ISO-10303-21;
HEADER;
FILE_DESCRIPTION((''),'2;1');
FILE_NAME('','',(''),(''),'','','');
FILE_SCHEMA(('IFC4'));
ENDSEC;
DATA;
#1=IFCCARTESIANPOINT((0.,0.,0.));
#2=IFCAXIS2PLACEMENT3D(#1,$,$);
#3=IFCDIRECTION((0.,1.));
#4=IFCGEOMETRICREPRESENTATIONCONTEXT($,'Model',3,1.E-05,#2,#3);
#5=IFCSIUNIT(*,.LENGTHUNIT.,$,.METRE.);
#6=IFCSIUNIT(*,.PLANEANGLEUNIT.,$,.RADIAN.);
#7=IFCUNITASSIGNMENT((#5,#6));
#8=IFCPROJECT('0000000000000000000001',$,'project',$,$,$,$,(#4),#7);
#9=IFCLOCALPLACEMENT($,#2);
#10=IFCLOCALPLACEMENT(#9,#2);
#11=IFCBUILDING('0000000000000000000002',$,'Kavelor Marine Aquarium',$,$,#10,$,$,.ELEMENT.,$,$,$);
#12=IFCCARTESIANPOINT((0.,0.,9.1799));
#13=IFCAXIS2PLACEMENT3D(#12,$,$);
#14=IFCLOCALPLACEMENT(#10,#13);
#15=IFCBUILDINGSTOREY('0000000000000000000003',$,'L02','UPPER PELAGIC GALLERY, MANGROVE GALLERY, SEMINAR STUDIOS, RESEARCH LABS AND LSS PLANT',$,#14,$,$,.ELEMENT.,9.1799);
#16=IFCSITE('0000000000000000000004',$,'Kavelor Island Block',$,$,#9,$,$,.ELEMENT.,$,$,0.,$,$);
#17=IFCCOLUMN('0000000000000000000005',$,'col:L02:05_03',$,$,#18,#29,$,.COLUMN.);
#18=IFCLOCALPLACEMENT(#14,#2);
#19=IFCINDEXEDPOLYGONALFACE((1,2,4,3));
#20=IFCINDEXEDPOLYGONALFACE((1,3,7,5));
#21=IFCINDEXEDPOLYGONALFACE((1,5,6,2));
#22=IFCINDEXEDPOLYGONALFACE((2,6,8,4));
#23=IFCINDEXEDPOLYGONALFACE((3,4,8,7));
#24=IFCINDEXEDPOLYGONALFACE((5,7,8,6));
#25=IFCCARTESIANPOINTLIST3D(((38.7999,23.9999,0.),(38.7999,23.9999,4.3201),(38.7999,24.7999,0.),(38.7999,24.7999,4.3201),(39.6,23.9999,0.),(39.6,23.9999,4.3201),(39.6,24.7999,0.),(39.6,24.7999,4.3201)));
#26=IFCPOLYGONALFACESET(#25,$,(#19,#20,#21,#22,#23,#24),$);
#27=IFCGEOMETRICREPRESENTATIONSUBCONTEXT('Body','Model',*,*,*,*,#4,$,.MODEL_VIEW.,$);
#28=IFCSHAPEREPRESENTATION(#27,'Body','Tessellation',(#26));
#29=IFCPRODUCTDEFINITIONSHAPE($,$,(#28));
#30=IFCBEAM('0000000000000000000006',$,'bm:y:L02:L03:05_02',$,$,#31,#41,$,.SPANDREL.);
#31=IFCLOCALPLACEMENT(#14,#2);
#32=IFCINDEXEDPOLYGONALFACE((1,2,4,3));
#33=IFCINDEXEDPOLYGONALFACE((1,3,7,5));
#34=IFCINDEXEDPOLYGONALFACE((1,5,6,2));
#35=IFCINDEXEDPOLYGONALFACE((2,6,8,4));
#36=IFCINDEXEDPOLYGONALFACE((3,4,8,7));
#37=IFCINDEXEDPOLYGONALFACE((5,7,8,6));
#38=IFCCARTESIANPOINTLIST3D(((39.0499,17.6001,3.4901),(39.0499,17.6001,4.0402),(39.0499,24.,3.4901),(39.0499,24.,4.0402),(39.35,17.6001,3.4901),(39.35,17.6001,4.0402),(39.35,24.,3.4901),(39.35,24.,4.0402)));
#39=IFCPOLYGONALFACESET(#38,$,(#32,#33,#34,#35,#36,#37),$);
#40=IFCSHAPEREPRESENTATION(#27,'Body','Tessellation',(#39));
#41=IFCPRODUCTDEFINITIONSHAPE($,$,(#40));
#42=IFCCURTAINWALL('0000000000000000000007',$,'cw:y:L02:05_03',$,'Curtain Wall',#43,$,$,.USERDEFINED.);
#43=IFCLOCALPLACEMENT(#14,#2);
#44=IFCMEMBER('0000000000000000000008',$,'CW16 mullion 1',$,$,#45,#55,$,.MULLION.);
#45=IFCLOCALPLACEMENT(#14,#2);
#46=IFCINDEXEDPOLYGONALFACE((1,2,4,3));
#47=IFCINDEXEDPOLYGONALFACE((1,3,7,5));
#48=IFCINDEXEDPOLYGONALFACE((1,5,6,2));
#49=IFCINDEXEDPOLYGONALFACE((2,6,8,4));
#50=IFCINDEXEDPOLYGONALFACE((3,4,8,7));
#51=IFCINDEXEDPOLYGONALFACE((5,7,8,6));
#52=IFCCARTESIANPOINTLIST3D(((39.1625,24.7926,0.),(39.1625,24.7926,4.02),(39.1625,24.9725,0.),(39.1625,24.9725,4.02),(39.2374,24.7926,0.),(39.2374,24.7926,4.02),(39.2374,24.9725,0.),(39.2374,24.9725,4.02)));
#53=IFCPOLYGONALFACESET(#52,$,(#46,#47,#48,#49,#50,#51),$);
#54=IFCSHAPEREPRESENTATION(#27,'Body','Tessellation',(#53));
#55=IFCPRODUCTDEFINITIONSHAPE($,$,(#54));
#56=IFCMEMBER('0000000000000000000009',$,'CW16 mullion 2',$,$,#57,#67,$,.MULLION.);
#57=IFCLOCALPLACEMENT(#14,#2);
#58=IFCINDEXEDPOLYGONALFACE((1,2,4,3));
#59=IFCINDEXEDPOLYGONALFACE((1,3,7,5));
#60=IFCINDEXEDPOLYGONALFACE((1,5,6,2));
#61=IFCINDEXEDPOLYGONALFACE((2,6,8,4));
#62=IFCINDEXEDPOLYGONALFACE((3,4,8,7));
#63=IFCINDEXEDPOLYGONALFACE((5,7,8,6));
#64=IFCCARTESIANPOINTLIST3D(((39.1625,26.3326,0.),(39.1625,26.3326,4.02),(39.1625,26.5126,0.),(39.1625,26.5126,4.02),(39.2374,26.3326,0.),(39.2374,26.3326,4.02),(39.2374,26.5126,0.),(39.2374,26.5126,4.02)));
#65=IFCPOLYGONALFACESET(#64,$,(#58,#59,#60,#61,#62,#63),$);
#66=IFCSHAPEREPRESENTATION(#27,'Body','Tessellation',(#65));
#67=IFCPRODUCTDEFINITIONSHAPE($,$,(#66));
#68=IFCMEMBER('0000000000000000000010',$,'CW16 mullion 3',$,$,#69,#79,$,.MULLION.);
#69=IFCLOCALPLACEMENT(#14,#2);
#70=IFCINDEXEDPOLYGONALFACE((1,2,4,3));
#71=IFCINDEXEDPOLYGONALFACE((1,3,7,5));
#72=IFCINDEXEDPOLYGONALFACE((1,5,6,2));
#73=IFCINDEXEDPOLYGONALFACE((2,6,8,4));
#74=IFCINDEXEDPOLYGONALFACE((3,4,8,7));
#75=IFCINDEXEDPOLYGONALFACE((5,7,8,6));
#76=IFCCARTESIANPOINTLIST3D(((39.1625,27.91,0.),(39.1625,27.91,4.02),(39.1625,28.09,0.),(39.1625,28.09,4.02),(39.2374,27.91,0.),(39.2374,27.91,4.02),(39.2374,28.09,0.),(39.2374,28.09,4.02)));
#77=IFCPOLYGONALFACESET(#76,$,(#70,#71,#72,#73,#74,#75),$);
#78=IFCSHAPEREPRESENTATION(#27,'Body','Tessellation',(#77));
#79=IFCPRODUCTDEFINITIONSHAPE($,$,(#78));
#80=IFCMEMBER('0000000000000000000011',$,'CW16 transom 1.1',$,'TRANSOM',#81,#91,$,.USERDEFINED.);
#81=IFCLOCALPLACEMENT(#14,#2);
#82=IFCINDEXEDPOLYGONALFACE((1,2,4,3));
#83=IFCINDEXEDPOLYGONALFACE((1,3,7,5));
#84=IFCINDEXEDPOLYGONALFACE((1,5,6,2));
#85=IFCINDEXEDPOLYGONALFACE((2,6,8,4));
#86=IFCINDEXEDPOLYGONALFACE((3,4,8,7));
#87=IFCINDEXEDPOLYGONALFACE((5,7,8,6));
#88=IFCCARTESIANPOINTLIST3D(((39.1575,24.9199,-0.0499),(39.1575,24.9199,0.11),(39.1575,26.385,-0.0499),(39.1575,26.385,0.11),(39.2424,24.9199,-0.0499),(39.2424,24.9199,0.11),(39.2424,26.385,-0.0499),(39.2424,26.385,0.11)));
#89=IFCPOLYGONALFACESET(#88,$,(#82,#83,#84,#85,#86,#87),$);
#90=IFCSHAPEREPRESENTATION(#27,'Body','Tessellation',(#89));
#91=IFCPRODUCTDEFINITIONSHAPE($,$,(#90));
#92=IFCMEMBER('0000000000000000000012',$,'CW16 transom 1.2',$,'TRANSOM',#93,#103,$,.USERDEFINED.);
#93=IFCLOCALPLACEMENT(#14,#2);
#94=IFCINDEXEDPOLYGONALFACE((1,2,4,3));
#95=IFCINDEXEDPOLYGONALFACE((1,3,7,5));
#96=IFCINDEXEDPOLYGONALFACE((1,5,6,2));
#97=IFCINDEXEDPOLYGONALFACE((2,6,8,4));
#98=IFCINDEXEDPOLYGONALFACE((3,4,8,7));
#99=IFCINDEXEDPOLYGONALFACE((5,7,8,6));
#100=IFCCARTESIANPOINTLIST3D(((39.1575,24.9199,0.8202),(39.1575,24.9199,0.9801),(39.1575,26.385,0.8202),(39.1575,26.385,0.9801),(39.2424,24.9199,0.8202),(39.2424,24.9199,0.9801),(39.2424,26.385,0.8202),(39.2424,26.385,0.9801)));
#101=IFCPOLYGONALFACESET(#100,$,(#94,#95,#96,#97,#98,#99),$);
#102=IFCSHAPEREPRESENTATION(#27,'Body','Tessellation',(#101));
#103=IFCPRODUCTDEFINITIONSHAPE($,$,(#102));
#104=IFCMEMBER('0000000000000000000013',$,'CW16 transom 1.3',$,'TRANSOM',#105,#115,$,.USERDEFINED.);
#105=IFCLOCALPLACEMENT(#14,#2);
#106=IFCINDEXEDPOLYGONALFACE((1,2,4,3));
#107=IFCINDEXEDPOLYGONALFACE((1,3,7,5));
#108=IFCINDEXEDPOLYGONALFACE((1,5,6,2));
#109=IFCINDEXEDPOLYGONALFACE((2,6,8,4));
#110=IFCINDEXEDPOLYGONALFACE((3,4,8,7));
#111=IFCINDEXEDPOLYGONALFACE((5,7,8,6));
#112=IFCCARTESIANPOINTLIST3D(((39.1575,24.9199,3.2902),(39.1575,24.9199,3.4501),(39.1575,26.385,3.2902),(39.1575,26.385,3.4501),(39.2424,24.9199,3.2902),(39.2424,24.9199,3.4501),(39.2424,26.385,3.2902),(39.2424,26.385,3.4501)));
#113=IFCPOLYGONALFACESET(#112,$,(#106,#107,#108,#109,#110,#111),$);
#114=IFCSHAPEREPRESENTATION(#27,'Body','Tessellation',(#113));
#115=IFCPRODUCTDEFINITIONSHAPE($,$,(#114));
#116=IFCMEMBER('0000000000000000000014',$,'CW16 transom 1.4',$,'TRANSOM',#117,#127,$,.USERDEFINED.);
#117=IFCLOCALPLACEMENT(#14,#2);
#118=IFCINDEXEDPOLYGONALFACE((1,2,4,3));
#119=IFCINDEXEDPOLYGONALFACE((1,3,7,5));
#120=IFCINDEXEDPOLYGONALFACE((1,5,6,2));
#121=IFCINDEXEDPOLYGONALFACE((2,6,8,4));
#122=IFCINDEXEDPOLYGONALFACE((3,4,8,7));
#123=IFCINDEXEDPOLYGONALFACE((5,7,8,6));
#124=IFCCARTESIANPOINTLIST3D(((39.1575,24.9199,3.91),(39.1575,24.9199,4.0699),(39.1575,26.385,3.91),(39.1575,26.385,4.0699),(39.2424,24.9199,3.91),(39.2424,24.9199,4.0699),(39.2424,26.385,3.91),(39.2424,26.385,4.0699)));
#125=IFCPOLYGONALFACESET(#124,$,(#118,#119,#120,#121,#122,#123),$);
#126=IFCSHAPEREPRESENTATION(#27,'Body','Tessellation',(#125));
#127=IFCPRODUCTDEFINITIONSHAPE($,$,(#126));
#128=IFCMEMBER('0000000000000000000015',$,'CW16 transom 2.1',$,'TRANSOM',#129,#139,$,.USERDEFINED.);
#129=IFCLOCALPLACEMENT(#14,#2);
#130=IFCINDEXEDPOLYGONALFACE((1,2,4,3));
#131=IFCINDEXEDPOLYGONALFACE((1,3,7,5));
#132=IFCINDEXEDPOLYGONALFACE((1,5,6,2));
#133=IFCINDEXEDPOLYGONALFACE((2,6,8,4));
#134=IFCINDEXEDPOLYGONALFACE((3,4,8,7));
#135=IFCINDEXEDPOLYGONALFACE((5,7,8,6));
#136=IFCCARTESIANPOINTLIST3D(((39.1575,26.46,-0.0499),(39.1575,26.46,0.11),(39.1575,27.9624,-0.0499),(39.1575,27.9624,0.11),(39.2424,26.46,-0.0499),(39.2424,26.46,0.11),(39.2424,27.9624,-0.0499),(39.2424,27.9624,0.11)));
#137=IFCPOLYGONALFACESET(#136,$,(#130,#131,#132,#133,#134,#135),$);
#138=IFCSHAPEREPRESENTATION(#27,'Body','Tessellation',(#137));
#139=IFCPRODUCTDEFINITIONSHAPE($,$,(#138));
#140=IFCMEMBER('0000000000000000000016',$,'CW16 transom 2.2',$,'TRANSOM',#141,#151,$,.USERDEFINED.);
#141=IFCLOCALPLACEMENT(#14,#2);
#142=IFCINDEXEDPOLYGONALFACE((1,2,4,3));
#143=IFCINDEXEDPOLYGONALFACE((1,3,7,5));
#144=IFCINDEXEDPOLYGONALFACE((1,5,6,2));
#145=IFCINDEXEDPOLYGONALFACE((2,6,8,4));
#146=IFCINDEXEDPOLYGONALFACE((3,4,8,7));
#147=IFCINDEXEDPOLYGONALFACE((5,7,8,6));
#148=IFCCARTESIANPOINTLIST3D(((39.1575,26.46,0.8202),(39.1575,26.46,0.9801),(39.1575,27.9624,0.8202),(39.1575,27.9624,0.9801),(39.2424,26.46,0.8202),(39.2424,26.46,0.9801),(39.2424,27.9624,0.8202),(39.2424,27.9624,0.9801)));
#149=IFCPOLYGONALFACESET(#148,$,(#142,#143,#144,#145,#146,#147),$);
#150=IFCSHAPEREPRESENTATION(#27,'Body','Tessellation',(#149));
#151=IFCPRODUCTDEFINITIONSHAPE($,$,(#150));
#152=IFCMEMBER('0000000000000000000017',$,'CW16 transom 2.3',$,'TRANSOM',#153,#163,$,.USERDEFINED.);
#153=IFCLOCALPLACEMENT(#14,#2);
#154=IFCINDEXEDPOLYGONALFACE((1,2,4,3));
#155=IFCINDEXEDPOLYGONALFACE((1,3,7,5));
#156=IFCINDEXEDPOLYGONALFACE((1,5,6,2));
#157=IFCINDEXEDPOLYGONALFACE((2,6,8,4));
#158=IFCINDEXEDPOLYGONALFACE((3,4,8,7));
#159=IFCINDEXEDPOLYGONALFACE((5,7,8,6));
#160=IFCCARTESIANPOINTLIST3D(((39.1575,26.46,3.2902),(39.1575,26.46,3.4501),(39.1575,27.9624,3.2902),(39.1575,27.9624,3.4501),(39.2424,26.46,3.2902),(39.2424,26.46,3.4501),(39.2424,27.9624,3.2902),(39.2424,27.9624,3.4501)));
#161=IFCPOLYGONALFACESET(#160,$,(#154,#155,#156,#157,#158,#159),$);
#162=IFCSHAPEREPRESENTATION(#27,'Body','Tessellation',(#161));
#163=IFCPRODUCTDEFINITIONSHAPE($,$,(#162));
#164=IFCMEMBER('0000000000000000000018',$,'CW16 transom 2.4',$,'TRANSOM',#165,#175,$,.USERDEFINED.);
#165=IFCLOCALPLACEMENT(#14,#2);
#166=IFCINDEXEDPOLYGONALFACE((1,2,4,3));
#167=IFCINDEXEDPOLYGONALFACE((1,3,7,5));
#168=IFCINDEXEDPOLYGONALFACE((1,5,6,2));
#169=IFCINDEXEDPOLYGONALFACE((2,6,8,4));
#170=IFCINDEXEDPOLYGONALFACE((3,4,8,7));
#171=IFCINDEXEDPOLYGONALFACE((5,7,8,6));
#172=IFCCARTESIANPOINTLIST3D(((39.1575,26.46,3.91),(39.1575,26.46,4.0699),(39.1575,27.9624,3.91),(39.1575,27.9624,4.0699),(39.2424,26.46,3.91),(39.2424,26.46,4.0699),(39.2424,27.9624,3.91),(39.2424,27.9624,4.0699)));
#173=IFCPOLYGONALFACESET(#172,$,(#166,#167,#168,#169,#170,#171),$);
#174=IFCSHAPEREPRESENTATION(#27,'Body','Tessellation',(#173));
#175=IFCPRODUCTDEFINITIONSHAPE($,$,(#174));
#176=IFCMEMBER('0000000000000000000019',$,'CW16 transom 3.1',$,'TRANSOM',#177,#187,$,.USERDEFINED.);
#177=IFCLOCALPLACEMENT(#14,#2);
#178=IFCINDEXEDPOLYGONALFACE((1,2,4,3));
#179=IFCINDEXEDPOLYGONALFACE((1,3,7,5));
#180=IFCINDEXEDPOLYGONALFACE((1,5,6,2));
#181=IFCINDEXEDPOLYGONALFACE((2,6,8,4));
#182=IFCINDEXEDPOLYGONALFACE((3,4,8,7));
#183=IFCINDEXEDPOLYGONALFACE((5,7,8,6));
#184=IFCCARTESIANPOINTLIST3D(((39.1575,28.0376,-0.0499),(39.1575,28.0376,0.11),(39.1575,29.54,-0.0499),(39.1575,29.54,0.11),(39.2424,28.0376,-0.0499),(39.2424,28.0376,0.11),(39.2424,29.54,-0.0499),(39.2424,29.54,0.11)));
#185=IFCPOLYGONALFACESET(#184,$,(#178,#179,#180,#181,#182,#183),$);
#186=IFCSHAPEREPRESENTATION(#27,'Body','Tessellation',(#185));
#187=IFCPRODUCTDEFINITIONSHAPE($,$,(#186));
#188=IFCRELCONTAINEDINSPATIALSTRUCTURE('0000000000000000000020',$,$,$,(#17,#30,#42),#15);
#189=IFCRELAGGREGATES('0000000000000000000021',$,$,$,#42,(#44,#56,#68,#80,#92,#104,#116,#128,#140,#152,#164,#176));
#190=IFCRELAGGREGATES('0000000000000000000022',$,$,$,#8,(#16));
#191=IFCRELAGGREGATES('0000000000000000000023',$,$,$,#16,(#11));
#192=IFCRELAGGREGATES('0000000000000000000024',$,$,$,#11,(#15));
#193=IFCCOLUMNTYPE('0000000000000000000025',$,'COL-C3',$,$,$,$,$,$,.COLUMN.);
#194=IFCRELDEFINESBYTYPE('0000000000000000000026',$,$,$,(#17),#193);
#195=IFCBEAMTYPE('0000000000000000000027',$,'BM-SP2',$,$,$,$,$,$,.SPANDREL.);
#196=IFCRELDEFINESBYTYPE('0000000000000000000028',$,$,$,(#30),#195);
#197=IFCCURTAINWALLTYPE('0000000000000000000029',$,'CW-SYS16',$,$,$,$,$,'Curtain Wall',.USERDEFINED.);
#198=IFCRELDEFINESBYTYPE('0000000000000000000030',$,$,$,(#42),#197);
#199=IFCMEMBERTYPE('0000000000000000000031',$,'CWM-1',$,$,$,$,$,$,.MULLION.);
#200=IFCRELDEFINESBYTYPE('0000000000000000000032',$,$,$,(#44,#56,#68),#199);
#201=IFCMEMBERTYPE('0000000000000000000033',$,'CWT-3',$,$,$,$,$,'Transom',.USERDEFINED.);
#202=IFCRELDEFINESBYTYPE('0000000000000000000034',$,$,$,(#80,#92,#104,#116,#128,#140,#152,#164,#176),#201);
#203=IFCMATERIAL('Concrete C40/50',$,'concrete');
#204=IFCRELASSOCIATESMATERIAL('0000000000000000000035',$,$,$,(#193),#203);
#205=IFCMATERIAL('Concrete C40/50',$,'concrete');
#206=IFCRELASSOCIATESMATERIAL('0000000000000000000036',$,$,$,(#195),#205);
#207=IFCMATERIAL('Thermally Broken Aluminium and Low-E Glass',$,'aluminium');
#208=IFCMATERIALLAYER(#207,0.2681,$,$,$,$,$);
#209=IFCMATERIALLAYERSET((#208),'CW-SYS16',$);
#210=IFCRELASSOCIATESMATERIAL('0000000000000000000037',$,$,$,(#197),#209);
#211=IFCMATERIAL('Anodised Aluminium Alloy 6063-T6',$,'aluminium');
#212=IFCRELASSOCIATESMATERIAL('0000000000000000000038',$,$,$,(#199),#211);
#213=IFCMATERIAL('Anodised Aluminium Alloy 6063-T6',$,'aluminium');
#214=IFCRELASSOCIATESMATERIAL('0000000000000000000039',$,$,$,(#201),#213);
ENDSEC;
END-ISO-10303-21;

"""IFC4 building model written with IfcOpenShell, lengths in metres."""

from ifc_helpers import new_model, si_unit, direction, frame, origin, origin_2d, place, context, subcontext, project, spatial, rectangle, extrude, material, layer, layer_set, material_profile, profile_set, type_object, element, aggregate, save


model = new_model("IFC4")

# Units and contexts
model_context = context("Model", 3, precision=1e-05, world=origin(), true_north=direction((0.0, 1.0)))
body_context = subcontext(model_context, "Body", "Model", "MODEL_VIEW")
ifc_project = project(units=[si_unit("LENGTHUNIT", "METRE"), si_unit("PLANEANGLEUNIT", "RADIAN")], contexts=[model_context])

# Site, building, storey
site_placement = place(None, origin())
site = spatial("IfcSite", under=ifc_project, at=site_placement, Name="Kavelor Island Block", CompositionType="ELEMENT", RefElevation=0.0)
building_placement = place(site_placement, origin())
building = spatial("IfcBuilding", under=site, at=building_placement, Name="Kavelor Marine Aquarium", CompositionType="ELEMENT")
storey_placement = place(building_placement, frame((0.0, 0.0, 9.1799)))
storey = spatial("IfcBuildingStorey", under=building, at=storey_placement, Name="L02", Description="UPPER PELAGIC GALLERY, MANGROVE GALLERY, SEMINAR STUDIOS, RESEARCH LABS AND LSS PLANT", CompositionType="ELEMENT", Elevation=9.1799)

# Column
ifc_material_1 = material(Name="Concrete C40/50", Category="concrete")
ifc_material_profile_1 = material_profile(ifc_material_1, rectangle(XDim=0.8, YDim=0.8, at=origin_2d()), Name="RC-COL 800x800")
ifc_profile_set_1 = profile_set([ifc_material_profile_1], Name="Concrete C40/50")
column_type = type_object("IfcColumnType", Name="COL-C3", PredefinedType="COLUMN", material=ifc_profile_set_1)
column_placement = place(storey_placement, frame((39.2, 24.3999, 0.0), z_axis=(0.0, 0.0, 1.0), x_axis=(1.0, 0.0, 0.0)))
element("IfcColumn", 1, at=column_placement, inside=storey, type_object=column_type, Name="col:L02:05_03", PredefinedType="COLUMN", context=body_context, shape_type="SweptSolid", body=[
    extrude(rectangle(XDim=0.8, YDim=0.8, at=origin_2d()), origin(), (0.0, 0.0, 1.0), 4.3201),
])

# Beam
ifc_material_2 = material(Name="Concrete C40/50", Category="concrete")
ifc_material_profile_2 = material_profile(ifc_material_2, rectangle(XDim=0.3, YDim=0.55, at=origin_2d()), Name="RC-SP 300x550")
ifc_profile_set_2 = profile_set([ifc_material_profile_2], Name="Concrete C40/50")
beam_type = type_object("IfcBeamType", Name="BM-SP2", PredefinedType="SPANDREL", material=ifc_profile_set_2)
beam_placement = place(storey_placement, frame((39.2, 17.6001, 3.7651), z_axis=(0.0, 1.0, 0.0), x_axis=(-1.0, 0.0, 0.0)))
element("IfcBeam", 2, at=beam_placement, inside=storey, type_object=beam_type, Name="bm:y:L02:L03:05_02", PredefinedType="SPANDREL", context=body_context, shape_type="SweptSolid", body=[
    extrude(rectangle(XDim=0.3, YDim=0.55, at=origin_2d()), origin(), (0.0, 0.0, 1.0), 6.3999),
])

# Curtain wall, members
ifc_material_3 = material(Name="Thermally Broken Aluminium and Low-E Glass", Category="aluminium")
ifc_layer_1 = layer(ifc_material_3, 0.2681)
ifc_layer_set_1 = layer_set([ifc_layer_1], Name="CW-SYS16")
curtain_wall_type = type_object("IfcCurtainWallType", Name="CW-SYS16", ElementType="Curtain Wall", PredefinedType="USERDEFINED", material=ifc_layer_set_1)
curtain_wall_placement = place(storey_placement, origin())
curtain_wall = element("IfcCurtainWall", 3, at=curtain_wall_placement, inside=storey, type_object=curtain_wall_type, Name="cw:y:L02:05_03", ObjectType="Curtain Wall", PredefinedType="USERDEFINED")
ifc_material_4 = material(Name="Anodised Aluminium Alloy 6063-T6", Category="aluminium")
ifc_material_profile_3 = material_profile(ifc_material_4, rectangle(XDim=0.075, YDim=0.1799, at=origin_2d()), Name="CW-MUL 75x180")
ifc_profile_set_3 = profile_set([ifc_material_profile_3], Name="Anodised Aluminium Alloy 6063-T6")
member_type_1 = type_object("IfcMemberType", Name="CWM-1", PredefinedType="MULLION", material=ifc_profile_set_3)
member_1_placement = place(storey_placement, frame((39.2, 24.8826, 0.0), z_axis=(0.0, 0.0, 1.0), x_axis=(-1.0, 0.0, 0.0)))
member_1 = element("IfcMember", 4, at=member_1_placement, type_object=member_type_1, Name="CW16 mullion 1", PredefinedType="MULLION", context=body_context, shape_type="SweptSolid", body=[
    extrude(rectangle(XDim=0.075, YDim=0.1799, at=origin_2d()), origin(), (0.0, 0.0, 1.0), 4.02),
])
member_2_placement = place(storey_placement, frame((39.2, 26.4226, 0.0), z_axis=(0.0, 0.0, 1.0), x_axis=(-1.0, 0.0, 0.0)))
member_2 = element("IfcMember", 5, at=member_2_placement, type_object=member_type_1, Name="CW16 mullion 2", PredefinedType="MULLION", context=body_context, shape_type="SweptSolid", body=[
    extrude(rectangle(XDim=0.075, YDim=0.1799, at=origin_2d()), origin(), (0.0, 0.0, 1.0), 4.02),
])
member_3_placement = place(storey_placement, frame((39.2, 28.0, 0.0), z_axis=(0.0, 0.0, 1.0), x_axis=(-1.0, 0.0, 0.0)))
member_3 = element("IfcMember", 6, at=member_3_placement, type_object=member_type_1, Name="CW16 mullion 3", PredefinedType="MULLION", context=body_context, shape_type="SweptSolid", body=[
    extrude(rectangle(XDim=0.075, YDim=0.1799, at=origin_2d()), origin(), (0.0, 0.0, 1.0), 4.02),
])
ifc_material_5 = material(Name="Anodised Aluminium Alloy 6063-T6", Category="aluminium")
ifc_material_profile_4 = material_profile(ifc_material_5, rectangle(XDim=0.085, YDim=0.1599, at=origin_2d()), Name="CW-TRN 85x160")
ifc_profile_set_4 = profile_set([ifc_material_profile_4], Name="Anodised Aluminium Alloy 6063-T6")
member_type_2 = type_object("IfcMemberType", Name="CWT-3", ElementType="Transom", PredefinedType="USERDEFINED", material=ifc_profile_set_4)
member_4_placement = place(storey_placement, frame((39.2, 24.9199, 0.03), z_axis=(0.0, 1.0, 0.0), x_axis=(-1.0, 0.0, 0.0)))
member_4 = element("IfcMember", 7, at=member_4_placement, type_object=member_type_2, Name="CW16 transom 1.1", ObjectType="TRANSOM", PredefinedType="USERDEFINED", context=body_context, shape_type="SweptSolid", body=[
    extrude(rectangle(XDim=0.085, YDim=0.1599, at=origin_2d()), origin(), (0.0, 0.0, 1.0), 1.4651),
])
member_5_placement = place(storey_placement, frame((39.2, 24.9199, 0.9001), z_axis=(0.0, 1.0, 0.0), x_axis=(-1.0, 0.0, 0.0)))
member_5 = element("IfcMember", 8, at=member_5_placement, type_object=member_type_2, Name="CW16 transom 1.2", ObjectType="TRANSOM", PredefinedType="USERDEFINED", context=body_context, shape_type="SweptSolid", body=[
    extrude(rectangle(XDim=0.085, YDim=0.1599, at=origin_2d()), origin(), (0.0, 0.0, 1.0), 1.4651),
])
member_6_placement = place(storey_placement, frame((39.2, 24.9199, 3.3701), z_axis=(0.0, 1.0, 0.0), x_axis=(-1.0, 0.0, 0.0)))
member_6 = element("IfcMember", 9, at=member_6_placement, type_object=member_type_2, Name="CW16 transom 1.3", ObjectType="TRANSOM", PredefinedType="USERDEFINED", context=body_context, shape_type="SweptSolid", body=[
    extrude(rectangle(XDim=0.085, YDim=0.1599, at=origin_2d()), origin(), (0.0, 0.0, 1.0), 1.4651),
])
member_7_placement = place(storey_placement, frame((39.2, 24.9199, 3.99), z_axis=(0.0, 1.0, 0.0), x_axis=(-1.0, 0.0, 0.0)))
member_7 = element("IfcMember", 10, at=member_7_placement, type_object=member_type_2, Name="CW16 transom 1.4", ObjectType="TRANSOM", PredefinedType="USERDEFINED", context=body_context, shape_type="SweptSolid", body=[
    extrude(rectangle(XDim=0.085, YDim=0.1599, at=origin_2d()), origin(), (0.0, 0.0, 1.0), 1.4651),
])
member_8_placement = place(storey_placement, frame((39.2, 26.46, 0.03), z_axis=(0.0, 1.0, 0.0), x_axis=(-1.0, 0.0, 0.0)))
member_8 = element("IfcMember", 11, at=member_8_placement, type_object=member_type_2, Name="CW16 transom 2.1", ObjectType="TRANSOM", PredefinedType="USERDEFINED", context=body_context, shape_type="SweptSolid", body=[
    extrude(rectangle(XDim=0.085, YDim=0.1599, at=origin_2d()), origin(), (0.0, 0.0, 1.0), 1.5024),
])
member_9_placement = place(storey_placement, frame((39.2, 26.46, 0.9001), z_axis=(0.0, 1.0, 0.0), x_axis=(-1.0, 0.0, 0.0)))
member_9 = element("IfcMember", 12, at=member_9_placement, type_object=member_type_2, Name="CW16 transom 2.2", ObjectType="TRANSOM", PredefinedType="USERDEFINED", context=body_context, shape_type="SweptSolid", body=[
    extrude(rectangle(XDim=0.085, YDim=0.1599, at=origin_2d()), origin(), (0.0, 0.0, 1.0), 1.5024),
])
member_10_placement = place(storey_placement, frame((39.2, 26.46, 3.3701), z_axis=(0.0, 1.0, 0.0), x_axis=(-1.0, 0.0, 0.0)))
member_10 = element("IfcMember", 13, at=member_10_placement, type_object=member_type_2, Name="CW16 transom 2.3", ObjectType="TRANSOM", PredefinedType="USERDEFINED", context=body_context, shape_type="SweptSolid", body=[
    extrude(rectangle(XDim=0.085, YDim=0.1599, at=origin_2d()), origin(), (0.0, 0.0, 1.0), 1.5024),
])
member_11_placement = place(storey_placement, frame((39.2, 26.46, 3.99), z_axis=(0.0, 1.0, 0.0), x_axis=(-1.0, 0.0, 0.0)))
member_11 = element("IfcMember", 14, at=member_11_placement, type_object=member_type_2, Name="CW16 transom 2.4", ObjectType="TRANSOM", PredefinedType="USERDEFINED", context=body_context, shape_type="SweptSolid", body=[
    extrude(rectangle(XDim=0.085, YDim=0.1599, at=origin_2d()), origin(), (0.0, 0.0, 1.0), 1.5024),
])
member_12_placement = place(storey_placement, frame((39.2, 28.0376, 0.03), z_axis=(0.0, 1.0, 0.0), x_axis=(-1.0, 0.0, 0.0)))
member_12 = element("IfcMember", 15, at=member_12_placement, type_object=member_type_2, Name="CW16 transom 3.1", ObjectType="TRANSOM", PredefinedType="USERDEFINED", context=body_context, shape_type="SweptSolid", body=[
    extrude(rectangle(XDim=0.085, YDim=0.1599, at=origin_2d()), origin(), (0.0, 0.0, 1.0), 1.5024),
])
aggregate(curtain_wall, [member_1, member_2, member_3, member_4, member_5, member_6, member_7, member_8, member_9, member_10, member_11, member_12])

save(model, "model.ifc")
